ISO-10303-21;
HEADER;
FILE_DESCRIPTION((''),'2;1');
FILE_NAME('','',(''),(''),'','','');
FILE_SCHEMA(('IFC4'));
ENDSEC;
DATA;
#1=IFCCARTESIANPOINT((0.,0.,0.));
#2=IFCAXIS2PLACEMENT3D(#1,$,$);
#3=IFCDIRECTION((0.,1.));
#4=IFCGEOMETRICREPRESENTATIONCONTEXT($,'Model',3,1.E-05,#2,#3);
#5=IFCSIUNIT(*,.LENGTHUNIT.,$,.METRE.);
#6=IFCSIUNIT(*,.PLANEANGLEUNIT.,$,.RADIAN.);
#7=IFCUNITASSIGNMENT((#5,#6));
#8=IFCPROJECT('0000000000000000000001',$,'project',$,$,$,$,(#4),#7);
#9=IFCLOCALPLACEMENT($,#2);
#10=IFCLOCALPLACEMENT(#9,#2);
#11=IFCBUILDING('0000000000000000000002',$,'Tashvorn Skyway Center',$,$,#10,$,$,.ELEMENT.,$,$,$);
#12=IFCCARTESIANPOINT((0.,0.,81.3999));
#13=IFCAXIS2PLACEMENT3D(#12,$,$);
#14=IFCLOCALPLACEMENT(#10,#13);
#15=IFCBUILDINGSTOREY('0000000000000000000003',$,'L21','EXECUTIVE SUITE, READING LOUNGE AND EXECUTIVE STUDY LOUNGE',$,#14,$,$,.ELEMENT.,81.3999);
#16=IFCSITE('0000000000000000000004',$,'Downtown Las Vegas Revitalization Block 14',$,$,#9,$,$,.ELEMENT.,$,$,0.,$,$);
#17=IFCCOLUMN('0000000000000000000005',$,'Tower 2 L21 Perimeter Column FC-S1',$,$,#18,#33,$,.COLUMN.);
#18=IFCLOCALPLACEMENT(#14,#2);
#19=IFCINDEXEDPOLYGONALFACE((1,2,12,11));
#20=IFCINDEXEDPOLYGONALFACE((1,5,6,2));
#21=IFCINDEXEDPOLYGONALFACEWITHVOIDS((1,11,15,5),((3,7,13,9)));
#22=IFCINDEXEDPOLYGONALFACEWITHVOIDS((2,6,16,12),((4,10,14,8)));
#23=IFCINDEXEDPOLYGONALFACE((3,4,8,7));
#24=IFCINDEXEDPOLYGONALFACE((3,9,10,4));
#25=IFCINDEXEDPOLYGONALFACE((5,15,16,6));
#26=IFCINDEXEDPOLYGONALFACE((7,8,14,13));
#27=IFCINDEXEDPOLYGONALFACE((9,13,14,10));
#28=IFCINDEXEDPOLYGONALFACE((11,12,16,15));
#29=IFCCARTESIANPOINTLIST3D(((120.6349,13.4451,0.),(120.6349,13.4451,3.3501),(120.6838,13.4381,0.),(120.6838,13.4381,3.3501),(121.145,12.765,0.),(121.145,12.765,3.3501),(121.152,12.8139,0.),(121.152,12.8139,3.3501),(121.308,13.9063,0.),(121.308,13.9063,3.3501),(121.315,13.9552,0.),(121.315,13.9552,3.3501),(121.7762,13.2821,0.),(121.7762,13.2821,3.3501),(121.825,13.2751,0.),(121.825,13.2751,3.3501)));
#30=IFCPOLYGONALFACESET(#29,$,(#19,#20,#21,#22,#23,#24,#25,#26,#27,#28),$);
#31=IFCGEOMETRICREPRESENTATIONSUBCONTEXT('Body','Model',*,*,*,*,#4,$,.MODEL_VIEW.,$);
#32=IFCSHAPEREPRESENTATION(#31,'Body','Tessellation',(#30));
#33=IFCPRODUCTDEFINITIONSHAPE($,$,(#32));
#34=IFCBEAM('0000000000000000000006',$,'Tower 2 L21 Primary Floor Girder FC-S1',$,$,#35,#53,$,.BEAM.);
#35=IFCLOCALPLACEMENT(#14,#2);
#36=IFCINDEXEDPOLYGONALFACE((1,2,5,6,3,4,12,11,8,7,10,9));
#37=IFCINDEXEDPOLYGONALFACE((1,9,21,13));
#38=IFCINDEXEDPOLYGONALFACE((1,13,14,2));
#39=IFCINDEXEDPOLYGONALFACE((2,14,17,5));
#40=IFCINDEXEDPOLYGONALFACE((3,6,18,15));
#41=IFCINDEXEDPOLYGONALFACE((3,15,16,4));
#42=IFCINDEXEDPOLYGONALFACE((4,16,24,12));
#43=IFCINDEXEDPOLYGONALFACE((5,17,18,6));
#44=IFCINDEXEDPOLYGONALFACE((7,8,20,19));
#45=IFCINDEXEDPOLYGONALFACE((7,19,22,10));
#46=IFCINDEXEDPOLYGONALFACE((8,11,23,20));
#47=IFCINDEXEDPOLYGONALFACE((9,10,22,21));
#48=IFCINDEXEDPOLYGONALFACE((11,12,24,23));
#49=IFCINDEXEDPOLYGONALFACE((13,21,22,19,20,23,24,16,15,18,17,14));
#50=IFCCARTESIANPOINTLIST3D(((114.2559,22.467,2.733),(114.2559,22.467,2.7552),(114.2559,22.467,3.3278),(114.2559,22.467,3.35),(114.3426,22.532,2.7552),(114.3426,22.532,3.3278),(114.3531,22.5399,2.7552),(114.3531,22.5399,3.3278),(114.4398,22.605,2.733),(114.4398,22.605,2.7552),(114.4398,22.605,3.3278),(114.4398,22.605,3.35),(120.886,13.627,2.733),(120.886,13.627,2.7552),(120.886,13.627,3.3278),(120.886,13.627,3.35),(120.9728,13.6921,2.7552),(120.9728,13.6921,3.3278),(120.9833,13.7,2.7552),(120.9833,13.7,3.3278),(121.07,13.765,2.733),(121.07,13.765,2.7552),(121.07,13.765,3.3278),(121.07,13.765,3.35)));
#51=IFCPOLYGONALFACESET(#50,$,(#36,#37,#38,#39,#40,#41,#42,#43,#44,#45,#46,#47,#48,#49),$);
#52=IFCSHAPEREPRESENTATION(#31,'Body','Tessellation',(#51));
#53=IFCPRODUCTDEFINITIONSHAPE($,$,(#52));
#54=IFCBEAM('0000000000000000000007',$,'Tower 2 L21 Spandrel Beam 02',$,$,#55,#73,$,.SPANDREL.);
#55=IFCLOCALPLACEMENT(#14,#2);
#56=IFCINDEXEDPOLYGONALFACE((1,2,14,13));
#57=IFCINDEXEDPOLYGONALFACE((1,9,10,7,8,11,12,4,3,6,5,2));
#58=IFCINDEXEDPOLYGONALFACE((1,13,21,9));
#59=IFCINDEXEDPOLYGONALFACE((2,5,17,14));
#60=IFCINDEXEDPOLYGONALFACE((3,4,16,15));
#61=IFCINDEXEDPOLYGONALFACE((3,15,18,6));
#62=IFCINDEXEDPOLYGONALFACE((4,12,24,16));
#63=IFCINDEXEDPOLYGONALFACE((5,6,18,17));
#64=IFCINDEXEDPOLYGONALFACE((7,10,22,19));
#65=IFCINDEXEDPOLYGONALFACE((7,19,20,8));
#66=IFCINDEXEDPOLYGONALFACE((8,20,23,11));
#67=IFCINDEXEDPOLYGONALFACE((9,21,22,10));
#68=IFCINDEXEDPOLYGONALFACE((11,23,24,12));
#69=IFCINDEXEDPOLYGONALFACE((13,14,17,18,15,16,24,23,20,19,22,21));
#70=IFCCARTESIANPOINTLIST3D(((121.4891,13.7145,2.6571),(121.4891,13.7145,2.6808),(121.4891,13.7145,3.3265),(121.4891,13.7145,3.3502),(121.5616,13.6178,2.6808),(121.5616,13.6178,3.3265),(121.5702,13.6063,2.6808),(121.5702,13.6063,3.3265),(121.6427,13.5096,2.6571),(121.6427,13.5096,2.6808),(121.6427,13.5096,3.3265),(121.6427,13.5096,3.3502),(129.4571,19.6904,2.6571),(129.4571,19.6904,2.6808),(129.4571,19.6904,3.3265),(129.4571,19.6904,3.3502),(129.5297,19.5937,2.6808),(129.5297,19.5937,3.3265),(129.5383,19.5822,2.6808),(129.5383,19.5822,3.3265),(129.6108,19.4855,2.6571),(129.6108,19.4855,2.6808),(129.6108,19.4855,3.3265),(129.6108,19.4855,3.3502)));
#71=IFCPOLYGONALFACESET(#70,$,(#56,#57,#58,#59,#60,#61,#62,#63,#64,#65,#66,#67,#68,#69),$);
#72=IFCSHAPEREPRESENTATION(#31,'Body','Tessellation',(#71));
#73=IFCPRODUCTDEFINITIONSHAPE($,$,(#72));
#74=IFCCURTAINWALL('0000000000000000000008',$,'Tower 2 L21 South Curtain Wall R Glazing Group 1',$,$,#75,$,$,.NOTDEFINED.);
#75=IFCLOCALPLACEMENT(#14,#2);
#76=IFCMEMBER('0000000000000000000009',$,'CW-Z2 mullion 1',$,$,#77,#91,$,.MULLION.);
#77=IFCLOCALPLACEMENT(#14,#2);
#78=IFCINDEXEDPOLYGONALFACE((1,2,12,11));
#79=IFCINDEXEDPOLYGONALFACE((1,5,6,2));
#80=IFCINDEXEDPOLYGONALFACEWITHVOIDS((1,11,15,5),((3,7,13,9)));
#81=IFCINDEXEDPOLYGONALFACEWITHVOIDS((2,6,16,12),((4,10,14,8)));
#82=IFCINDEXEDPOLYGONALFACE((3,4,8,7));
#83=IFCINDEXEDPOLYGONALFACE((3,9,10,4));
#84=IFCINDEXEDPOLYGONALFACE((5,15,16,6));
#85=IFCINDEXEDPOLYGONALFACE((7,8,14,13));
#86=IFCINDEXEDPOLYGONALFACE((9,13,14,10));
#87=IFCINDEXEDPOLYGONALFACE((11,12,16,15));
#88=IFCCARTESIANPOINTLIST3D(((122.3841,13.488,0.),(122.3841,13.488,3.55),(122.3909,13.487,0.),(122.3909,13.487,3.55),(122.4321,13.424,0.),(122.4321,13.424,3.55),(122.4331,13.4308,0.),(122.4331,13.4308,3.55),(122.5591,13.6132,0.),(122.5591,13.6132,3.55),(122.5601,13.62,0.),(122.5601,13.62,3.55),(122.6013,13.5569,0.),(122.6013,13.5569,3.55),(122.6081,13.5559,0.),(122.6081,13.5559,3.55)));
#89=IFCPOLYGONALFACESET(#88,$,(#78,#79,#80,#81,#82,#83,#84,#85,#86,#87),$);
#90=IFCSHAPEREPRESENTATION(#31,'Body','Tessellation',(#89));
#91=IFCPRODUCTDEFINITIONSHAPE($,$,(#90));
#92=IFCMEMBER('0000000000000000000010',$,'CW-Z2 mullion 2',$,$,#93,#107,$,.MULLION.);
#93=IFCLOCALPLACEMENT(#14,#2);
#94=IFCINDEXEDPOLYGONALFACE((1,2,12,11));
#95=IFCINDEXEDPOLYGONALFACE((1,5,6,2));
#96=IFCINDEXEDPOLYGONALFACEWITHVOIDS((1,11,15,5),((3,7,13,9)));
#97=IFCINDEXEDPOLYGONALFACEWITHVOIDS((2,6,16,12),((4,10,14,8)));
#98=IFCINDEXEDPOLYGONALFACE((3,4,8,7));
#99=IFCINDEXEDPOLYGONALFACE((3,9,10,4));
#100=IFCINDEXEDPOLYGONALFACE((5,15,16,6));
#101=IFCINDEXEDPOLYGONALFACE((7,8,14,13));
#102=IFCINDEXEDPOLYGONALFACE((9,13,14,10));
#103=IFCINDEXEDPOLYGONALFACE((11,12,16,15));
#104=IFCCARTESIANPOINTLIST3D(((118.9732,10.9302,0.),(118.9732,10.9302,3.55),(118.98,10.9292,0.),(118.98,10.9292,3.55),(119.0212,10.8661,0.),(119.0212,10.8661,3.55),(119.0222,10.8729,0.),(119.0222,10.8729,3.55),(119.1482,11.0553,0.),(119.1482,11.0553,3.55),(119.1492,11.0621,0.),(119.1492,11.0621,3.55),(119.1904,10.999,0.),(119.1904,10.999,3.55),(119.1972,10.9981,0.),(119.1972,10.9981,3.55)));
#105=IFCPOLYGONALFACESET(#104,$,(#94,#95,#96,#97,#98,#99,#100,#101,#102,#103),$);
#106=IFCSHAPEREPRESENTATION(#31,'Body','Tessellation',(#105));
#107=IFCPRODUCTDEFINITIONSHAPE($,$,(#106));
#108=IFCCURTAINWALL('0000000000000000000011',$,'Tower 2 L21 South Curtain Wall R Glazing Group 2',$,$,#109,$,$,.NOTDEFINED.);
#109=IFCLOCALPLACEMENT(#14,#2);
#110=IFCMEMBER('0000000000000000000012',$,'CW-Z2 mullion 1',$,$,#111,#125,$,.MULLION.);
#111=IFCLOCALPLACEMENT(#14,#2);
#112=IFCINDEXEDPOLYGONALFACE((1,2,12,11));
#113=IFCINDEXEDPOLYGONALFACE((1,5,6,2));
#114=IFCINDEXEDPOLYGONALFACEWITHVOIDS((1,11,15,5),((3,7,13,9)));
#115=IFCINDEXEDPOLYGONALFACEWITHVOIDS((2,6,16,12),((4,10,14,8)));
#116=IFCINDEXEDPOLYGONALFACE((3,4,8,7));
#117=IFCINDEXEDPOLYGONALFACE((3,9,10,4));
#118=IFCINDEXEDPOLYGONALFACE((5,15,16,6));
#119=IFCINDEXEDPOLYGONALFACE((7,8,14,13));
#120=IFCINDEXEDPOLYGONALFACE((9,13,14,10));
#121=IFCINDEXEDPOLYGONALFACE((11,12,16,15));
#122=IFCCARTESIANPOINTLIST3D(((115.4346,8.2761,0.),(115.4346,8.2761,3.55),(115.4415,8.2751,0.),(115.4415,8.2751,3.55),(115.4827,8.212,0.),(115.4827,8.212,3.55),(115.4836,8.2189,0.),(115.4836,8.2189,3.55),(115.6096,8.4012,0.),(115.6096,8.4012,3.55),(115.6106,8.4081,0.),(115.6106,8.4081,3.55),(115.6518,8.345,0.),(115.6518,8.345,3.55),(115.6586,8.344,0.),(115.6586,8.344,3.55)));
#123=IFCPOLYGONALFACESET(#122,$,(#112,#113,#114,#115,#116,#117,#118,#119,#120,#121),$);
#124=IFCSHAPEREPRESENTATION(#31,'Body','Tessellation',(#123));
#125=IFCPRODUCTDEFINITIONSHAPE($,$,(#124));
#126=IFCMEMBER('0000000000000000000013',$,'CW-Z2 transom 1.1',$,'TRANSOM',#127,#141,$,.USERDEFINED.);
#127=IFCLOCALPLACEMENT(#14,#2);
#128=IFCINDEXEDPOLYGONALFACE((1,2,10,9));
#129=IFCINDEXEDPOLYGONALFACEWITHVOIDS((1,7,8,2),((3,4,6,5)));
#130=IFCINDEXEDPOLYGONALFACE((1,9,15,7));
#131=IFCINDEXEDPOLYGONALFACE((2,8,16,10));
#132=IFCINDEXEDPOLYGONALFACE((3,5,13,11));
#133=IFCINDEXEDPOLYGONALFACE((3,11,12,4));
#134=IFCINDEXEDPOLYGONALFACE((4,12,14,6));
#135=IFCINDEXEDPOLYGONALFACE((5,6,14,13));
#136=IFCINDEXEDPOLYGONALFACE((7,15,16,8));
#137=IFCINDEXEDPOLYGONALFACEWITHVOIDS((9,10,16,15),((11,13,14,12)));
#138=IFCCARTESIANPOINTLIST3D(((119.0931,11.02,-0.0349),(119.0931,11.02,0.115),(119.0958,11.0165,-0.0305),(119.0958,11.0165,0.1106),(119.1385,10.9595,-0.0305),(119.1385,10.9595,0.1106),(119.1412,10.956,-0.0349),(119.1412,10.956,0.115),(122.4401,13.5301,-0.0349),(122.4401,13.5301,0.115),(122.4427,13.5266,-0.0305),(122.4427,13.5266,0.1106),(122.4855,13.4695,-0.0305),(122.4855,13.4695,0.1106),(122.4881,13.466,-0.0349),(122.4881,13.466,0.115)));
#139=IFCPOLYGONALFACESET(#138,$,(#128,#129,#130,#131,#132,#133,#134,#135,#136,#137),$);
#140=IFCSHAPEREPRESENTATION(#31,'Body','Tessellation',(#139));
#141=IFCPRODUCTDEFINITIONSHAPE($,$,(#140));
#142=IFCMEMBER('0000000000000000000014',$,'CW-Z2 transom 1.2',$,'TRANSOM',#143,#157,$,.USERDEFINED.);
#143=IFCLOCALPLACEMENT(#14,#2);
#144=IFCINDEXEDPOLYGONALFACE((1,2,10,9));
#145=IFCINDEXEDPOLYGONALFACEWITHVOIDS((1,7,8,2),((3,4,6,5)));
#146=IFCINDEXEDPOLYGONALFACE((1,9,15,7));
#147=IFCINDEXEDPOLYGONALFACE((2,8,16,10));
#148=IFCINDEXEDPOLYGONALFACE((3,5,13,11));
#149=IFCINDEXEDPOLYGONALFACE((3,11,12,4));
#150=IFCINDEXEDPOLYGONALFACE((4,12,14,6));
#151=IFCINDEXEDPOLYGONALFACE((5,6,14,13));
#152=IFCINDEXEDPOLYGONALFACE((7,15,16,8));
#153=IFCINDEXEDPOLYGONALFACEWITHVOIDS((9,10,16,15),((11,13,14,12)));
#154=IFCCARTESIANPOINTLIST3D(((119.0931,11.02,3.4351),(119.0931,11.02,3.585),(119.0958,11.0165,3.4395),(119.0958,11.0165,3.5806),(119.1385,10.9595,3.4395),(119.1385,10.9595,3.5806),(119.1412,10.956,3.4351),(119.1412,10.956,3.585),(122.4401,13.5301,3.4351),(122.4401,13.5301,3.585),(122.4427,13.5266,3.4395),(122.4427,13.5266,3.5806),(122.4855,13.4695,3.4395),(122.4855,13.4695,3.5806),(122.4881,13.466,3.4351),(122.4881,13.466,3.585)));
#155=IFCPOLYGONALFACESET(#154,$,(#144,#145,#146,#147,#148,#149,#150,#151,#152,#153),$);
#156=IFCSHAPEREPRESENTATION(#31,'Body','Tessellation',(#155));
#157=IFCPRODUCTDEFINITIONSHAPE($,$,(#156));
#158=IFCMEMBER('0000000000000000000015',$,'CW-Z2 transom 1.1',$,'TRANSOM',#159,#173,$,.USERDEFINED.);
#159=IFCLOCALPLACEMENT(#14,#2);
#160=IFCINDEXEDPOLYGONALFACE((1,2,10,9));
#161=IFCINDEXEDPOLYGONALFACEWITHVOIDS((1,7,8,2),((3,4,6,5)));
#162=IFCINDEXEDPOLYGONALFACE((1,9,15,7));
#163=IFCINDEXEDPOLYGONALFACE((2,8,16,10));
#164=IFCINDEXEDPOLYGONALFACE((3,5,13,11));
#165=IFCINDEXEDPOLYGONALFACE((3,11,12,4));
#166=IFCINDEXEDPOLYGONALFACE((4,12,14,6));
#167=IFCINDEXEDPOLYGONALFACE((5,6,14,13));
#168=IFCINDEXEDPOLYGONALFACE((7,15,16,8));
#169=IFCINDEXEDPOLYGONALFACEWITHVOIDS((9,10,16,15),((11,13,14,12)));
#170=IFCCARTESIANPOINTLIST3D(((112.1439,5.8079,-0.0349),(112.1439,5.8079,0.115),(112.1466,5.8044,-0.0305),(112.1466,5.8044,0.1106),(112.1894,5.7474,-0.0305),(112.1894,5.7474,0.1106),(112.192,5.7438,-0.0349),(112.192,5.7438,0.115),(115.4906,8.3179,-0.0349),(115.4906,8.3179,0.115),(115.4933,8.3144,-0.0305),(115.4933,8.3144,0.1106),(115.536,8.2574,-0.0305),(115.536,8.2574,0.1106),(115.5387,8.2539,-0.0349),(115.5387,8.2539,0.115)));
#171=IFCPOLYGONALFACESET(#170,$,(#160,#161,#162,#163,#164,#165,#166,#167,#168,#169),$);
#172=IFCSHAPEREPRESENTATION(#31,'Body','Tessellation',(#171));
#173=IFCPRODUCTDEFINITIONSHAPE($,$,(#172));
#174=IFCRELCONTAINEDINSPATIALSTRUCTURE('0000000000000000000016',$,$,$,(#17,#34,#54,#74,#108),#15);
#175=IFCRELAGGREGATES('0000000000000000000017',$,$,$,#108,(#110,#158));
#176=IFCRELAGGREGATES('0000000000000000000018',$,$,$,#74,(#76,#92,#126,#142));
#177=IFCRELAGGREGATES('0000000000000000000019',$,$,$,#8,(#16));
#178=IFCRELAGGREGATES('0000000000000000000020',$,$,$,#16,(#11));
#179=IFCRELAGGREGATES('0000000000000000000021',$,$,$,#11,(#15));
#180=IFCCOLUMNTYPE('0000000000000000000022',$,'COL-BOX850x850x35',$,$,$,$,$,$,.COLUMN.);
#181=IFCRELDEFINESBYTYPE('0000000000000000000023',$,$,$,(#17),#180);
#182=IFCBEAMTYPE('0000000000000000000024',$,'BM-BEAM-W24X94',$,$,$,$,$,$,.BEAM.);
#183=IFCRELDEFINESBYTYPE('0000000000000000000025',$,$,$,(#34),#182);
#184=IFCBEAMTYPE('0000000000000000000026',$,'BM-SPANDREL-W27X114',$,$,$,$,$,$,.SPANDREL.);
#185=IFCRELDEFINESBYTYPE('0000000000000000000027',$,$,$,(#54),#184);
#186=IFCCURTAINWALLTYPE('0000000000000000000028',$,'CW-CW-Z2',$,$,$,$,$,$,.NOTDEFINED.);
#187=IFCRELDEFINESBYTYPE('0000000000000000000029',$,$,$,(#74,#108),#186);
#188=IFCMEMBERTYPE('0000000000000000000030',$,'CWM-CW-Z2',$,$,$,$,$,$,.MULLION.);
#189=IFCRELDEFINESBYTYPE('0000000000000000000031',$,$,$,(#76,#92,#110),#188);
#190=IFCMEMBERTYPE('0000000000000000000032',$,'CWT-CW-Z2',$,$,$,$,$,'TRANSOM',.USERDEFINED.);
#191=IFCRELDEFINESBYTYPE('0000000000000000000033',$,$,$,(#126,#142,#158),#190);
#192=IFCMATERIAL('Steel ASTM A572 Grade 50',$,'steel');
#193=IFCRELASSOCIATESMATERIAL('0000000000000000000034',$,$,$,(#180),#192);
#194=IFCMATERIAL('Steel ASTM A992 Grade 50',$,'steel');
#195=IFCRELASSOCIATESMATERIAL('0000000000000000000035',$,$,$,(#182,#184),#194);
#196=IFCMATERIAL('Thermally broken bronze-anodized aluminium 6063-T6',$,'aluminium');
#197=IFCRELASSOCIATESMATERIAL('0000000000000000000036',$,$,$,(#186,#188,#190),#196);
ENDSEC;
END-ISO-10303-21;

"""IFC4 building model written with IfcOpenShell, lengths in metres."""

from ifc_helpers import new_model, si_unit, direction, frame, origin, origin_2d, place, context, subcontext, project, spatial, hollow_rectangle, i_section, extrude, material, material_profile, profile_set, type_object, element, aggregate, save


model = new_model("IFC4")

# Units and contexts
model_context = context("Model", 3, precision=1e-05, world=origin(), true_north=direction((0.0, 1.0)))
body_context = subcontext(model_context, "Body", "Model", "MODEL_VIEW")
ifc_project = project(units=[si_unit("LENGTHUNIT", "METRE"), si_unit("PLANEANGLEUNIT", "RADIAN")], contexts=[model_context])

# Site, building, storey
site_placement = place(None, origin())
site = spatial("IfcSite", under=ifc_project, at=site_placement, Name="Downtown Las Vegas Revitalization Block 14", CompositionType="ELEMENT", RefElevation=0.0)
building_placement = place(site_placement, origin())
building = spatial("IfcBuilding", under=site, at=building_placement, Name="Tashvorn Skyway Center", CompositionType="ELEMENT")
storey_placement = place(building_placement, frame((0.0, 0.0, 81.3999)))
storey = spatial("IfcBuildingStorey", under=building, at=storey_placement, Name="L21", Description="EXECUTIVE SUITE, READING LOUNGE AND EXECUTIVE STUDY LOUNGE", CompositionType="ELEMENT", Elevation=81.3999)

# Column
ifc_material_1 = material(Name="Steel ASTM A572 Grade 50", Category="steel")
ifc_material_profile_1 = material_profile(ifc_material_1, hollow_rectangle(XDim=0.8501, YDim=0.8501, WallThickness=0.0349, at=origin_2d()), Name="BOX850x850x35")
ifc_profile_set_1 = profile_set([ifc_material_profile_1], Name="Steel ASTM A572 Grade 50")
column_type = type_object("IfcColumnType", Name="COL-BOX850x850x35", PredefinedType="COLUMN", material=ifc_profile_set_1)
column_placement = place(storey_placement, frame((121.23, 13.3601, 0.0), z_axis=(0.0, 0.0, 1.0), x_axis=(0.8, 0.6, 0.0)))
element("IfcColumn", 1, at=column_placement, inside=storey, type_object=column_type, Name="Tower 2 L21 Perimeter Column FC-S1", PredefinedType="COLUMN", context=body_context, shape_type="SweptSolid", body=[
    extrude(hollow_rectangle(XDim=0.8501, YDim=0.8501, WallThickness=0.0349, at=origin_2d()), origin(), (0.0, 0.0, 1.0), 3.3501),
])

# Beams
ifc_material_2 = material(Name="Steel ASTM A992 Grade 50", Category="steel")
ifc_material_profile_2 = material_profile(ifc_material_2, i_section(OverallWidth=0.23, OverallDepth=0.6169, WebThickness=0.0132, FlangeThickness=0.0222, at=origin_2d()), Name="W24X94")
ifc_profile_set_2 = profile_set([ifc_material_profile_2], Name="Steel ASTM A992 Grade 50")
beam_type_1 = type_object("IfcBeamType", Name="BM-BEAM-W24X94", PredefinedType="BEAM", material=ifc_profile_set_2)
beam_1_placement = place(storey_placement, frame((120.978, 13.696, 3.0415), z_axis=(-0.600014, 0.799989, 0.0), x_axis=(-0.799989, -0.600014, 0.0)))
element("IfcBeam", 2, at=beam_1_placement, inside=storey, type_object=beam_type_1, Name="Tower 2 L21 Primary Floor Girder FC-S1", PredefinedType="BEAM", context=body_context, shape_type="SweptSolid", body=[
    extrude(i_section(OverallWidth=0.23, OverallDepth=0.6169, WebThickness=0.0132, FlangeThickness=0.0222, at=origin_2d()), origin(), (0.0, 0.0, 1.0), 11.05),
])
ifc_material_profile_3 = material_profile(ifc_material_2, i_section(OverallWidth=0.2561, OverallDepth=0.6931, WebThickness=0.0144, FlangeThickness=0.0237, at=origin_2d()), Name="W27X114")
ifc_profile_set_3 = profile_set([ifc_material_profile_3], Name="Steel ASTM A992 Grade 50")
beam_type_2 = type_object("IfcBeamType", Name="BM-SPANDREL-W27X114", PredefinedType="SPANDREL", material=ifc_profile_set_3)
beam_2_placement = place(storey_placement, frame((121.5659, 13.6121, 3.0037), z_axis=(0.800009, 0.599988, 0.0), x_axis=(-0.599988, 0.800009, 0.0)))
element("IfcBeam", 3, at=beam_2_placement, inside=storey, type_object=beam_type_2, Name="Tower 2 L21 Spandrel Beam 02", PredefinedType="SPANDREL", context=body_context, shape_type="SweptSolid", body=[
    extrude(i_section(OverallWidth=0.2561, OverallDepth=0.6931, WebThickness=0.0144, FlangeThickness=0.0237, at=origin_2d()), origin(), (0.0, 0.0, 1.0), 9.96),
])

# Curtain wall, members
ifc_material_3 = material(Name="Thermally broken bronze-anodized aluminium 6063-T6", Category="aluminium")
curtain_wall_type = type_object("IfcCurtainWallType", Name="CW-CW-Z2", PredefinedType="NOTDEFINED", material=ifc_material_3)
curtain_wall_1_placement = place(storey_placement, origin())
curtain_wall_1 = element("IfcCurtainWall", 4, at=curtain_wall_1_placement, inside=storey, type_object=curtain_wall_type, Name="Tower 2 L21 South Curtain Wall R Glazing Group 1", PredefinedType="NOTDEFINED")
ifc_material_profile_4 = material_profile(ifc_material_3, hollow_rectangle(XDim=0.0801, YDim=0.22, WallThickness=0.0049, at=origin_2d()), Name="ALU-MULL-80x220")
ifc_profile_set_4 = profile_set([ifc_material_profile_4], Name="Thermally broken bronze-anodized aluminium 6063-T6")
member_type_1 = type_object("IfcMemberType", Name="CWM-CW-Z2", PredefinedType="MULLION", material=ifc_profile_set_4)
member_1_placement = place(storey_placement, frame((122.4961, 13.522, 0.0), z_axis=(0.0, 0.0, 1.0), x_axis=(0.599996, -0.800003, 0.0)))
member_1 = element("IfcMember", 5, at=member_1_placement, type_object=member_type_1, Name="CW-Z2 mullion 1", PredefinedType="MULLION", context=body_context, shape_type="SweptSolid", body=[
    extrude(hollow_rectangle(XDim=0.0801, YDim=0.22, WallThickness=0.0049, at=origin_2d()), origin(), (0.0, 0.0, 1.0), 3.55),
])
member_2_placement = place(storey_placement, frame((119.0852, 10.9641, 0.0), z_axis=(0.0, 0.0, 1.0), x_axis=(0.599996, -0.800003, 0.0)))
member_2 = element("IfcMember", 6, at=member_2_placement, type_object=member_type_1, Name="CW-Z2 mullion 2", PredefinedType="MULLION", context=body_context, shape_type="SweptSolid", body=[
    extrude(hollow_rectangle(XDim=0.0801, YDim=0.22, WallThickness=0.0049, at=origin_2d()), origin(), (0.0, 0.0, 1.0), 3.55),
])

# Curtain wall, member
curtain_wall_2_placement = place(storey_placement, origin())
curtain_wall_2 = element("IfcCurtainWall", 7, at=curtain_wall_2_placement, inside=storey, type_object=curtain_wall_type, Name="Tower 2 L21 South Curtain Wall R Glazing Group 2", PredefinedType="NOTDEFINED")
member_3_placement = place(storey_placement, frame((115.5466, 8.3101, 0.0), z_axis=(0.0, 0.0, 1.0), x_axis=(0.599996, -0.800003, 0.0)))
member_3 = element("IfcMember", 8, at=member_3_placement, type_object=member_type_1, Name="CW-Z2 mullion 1", PredefinedType="MULLION", context=body_context, shape_type="SweptSolid", body=[
    extrude(hollow_rectangle(XDim=0.0801, YDim=0.22, WallThickness=0.0049, at=origin_2d()), origin(), (0.0, 0.0, 1.0), 3.55),
])

# Members
ifc_material_profile_5 = material_profile(ifc_material_3, hollow_rectangle(XDim=0.0801, YDim=0.1499, WallThickness=0.0044, at=origin_2d()), Name="ALU-TRAN-80x150")
ifc_profile_set_5 = profile_set([ifc_material_profile_5], Name="Thermally broken bronze-anodized aluminium 6063-T6")
member_type_2 = type_object("IfcMemberType", Name="CWT-CW-Z2", ElementType="TRANSOM", PredefinedType="USERDEFINED", material=ifc_profile_set_5)
member_4_placement = place(storey_placement, frame((122.4641, 13.498, 0.04), z_axis=(-0.800021, -0.599972, 0.0), x_axis=(0.599972, -0.800021, 0.0)))
member_4 = element("IfcMember", 9, at=member_4_placement, type_object=member_type_2, Name="CW-Z2 transom 1.1", ObjectType="TRANSOM", PredefinedType="USERDEFINED", context=body_context, shape_type="SweptSolid", body=[
    extrude(hollow_rectangle(XDim=0.0801, YDim=0.1499, WallThickness=0.0044, at=origin_2d()), origin(), (0.0, 0.0, 1.0), 4.1836),
])
member_5_placement = place(storey_placement, frame((122.4641, 13.498, 3.51), z_axis=(-0.800021, -0.599972, 0.0), x_axis=(0.599972, -0.800021, 0.0)))
member_5 = element("IfcMember", 10, at=member_5_placement, type_object=member_type_2, Name="CW-Z2 transom 1.2", ObjectType="TRANSOM", PredefinedType="USERDEFINED", context=body_context, shape_type="SweptSolid", body=[
    extrude(hollow_rectangle(XDim=0.0801, YDim=0.1499, WallThickness=0.0044, at=origin_2d()), origin(), (0.0, 0.0, 1.0), 4.1836),
])
member_6_placement = place(storey_placement, frame((115.5146, 8.2859, 0.04), z_axis=(-0.8, -0.6, 0.0), x_axis=(0.6, -0.8, 0.0)))
member_6 = element("IfcMember", 11, at=member_6_placement, type_object=member_type_2, Name="CW-Z2 transom 1.1", ObjectType="TRANSOM", PredefinedType="USERDEFINED", context=body_context, shape_type="SweptSolid", body=[
    extrude(hollow_rectangle(XDim=0.0801, YDim=0.1499, WallThickness=0.0044, at=origin_2d()), origin(), (0.0, 0.0, 1.0), 4.1833),
])
aggregate(curtain_wall_2, [member_3, member_6])

aggregate(curtain_wall_1, [member_1, member_2, member_4, member_5])

save(model, "model.ifc")
